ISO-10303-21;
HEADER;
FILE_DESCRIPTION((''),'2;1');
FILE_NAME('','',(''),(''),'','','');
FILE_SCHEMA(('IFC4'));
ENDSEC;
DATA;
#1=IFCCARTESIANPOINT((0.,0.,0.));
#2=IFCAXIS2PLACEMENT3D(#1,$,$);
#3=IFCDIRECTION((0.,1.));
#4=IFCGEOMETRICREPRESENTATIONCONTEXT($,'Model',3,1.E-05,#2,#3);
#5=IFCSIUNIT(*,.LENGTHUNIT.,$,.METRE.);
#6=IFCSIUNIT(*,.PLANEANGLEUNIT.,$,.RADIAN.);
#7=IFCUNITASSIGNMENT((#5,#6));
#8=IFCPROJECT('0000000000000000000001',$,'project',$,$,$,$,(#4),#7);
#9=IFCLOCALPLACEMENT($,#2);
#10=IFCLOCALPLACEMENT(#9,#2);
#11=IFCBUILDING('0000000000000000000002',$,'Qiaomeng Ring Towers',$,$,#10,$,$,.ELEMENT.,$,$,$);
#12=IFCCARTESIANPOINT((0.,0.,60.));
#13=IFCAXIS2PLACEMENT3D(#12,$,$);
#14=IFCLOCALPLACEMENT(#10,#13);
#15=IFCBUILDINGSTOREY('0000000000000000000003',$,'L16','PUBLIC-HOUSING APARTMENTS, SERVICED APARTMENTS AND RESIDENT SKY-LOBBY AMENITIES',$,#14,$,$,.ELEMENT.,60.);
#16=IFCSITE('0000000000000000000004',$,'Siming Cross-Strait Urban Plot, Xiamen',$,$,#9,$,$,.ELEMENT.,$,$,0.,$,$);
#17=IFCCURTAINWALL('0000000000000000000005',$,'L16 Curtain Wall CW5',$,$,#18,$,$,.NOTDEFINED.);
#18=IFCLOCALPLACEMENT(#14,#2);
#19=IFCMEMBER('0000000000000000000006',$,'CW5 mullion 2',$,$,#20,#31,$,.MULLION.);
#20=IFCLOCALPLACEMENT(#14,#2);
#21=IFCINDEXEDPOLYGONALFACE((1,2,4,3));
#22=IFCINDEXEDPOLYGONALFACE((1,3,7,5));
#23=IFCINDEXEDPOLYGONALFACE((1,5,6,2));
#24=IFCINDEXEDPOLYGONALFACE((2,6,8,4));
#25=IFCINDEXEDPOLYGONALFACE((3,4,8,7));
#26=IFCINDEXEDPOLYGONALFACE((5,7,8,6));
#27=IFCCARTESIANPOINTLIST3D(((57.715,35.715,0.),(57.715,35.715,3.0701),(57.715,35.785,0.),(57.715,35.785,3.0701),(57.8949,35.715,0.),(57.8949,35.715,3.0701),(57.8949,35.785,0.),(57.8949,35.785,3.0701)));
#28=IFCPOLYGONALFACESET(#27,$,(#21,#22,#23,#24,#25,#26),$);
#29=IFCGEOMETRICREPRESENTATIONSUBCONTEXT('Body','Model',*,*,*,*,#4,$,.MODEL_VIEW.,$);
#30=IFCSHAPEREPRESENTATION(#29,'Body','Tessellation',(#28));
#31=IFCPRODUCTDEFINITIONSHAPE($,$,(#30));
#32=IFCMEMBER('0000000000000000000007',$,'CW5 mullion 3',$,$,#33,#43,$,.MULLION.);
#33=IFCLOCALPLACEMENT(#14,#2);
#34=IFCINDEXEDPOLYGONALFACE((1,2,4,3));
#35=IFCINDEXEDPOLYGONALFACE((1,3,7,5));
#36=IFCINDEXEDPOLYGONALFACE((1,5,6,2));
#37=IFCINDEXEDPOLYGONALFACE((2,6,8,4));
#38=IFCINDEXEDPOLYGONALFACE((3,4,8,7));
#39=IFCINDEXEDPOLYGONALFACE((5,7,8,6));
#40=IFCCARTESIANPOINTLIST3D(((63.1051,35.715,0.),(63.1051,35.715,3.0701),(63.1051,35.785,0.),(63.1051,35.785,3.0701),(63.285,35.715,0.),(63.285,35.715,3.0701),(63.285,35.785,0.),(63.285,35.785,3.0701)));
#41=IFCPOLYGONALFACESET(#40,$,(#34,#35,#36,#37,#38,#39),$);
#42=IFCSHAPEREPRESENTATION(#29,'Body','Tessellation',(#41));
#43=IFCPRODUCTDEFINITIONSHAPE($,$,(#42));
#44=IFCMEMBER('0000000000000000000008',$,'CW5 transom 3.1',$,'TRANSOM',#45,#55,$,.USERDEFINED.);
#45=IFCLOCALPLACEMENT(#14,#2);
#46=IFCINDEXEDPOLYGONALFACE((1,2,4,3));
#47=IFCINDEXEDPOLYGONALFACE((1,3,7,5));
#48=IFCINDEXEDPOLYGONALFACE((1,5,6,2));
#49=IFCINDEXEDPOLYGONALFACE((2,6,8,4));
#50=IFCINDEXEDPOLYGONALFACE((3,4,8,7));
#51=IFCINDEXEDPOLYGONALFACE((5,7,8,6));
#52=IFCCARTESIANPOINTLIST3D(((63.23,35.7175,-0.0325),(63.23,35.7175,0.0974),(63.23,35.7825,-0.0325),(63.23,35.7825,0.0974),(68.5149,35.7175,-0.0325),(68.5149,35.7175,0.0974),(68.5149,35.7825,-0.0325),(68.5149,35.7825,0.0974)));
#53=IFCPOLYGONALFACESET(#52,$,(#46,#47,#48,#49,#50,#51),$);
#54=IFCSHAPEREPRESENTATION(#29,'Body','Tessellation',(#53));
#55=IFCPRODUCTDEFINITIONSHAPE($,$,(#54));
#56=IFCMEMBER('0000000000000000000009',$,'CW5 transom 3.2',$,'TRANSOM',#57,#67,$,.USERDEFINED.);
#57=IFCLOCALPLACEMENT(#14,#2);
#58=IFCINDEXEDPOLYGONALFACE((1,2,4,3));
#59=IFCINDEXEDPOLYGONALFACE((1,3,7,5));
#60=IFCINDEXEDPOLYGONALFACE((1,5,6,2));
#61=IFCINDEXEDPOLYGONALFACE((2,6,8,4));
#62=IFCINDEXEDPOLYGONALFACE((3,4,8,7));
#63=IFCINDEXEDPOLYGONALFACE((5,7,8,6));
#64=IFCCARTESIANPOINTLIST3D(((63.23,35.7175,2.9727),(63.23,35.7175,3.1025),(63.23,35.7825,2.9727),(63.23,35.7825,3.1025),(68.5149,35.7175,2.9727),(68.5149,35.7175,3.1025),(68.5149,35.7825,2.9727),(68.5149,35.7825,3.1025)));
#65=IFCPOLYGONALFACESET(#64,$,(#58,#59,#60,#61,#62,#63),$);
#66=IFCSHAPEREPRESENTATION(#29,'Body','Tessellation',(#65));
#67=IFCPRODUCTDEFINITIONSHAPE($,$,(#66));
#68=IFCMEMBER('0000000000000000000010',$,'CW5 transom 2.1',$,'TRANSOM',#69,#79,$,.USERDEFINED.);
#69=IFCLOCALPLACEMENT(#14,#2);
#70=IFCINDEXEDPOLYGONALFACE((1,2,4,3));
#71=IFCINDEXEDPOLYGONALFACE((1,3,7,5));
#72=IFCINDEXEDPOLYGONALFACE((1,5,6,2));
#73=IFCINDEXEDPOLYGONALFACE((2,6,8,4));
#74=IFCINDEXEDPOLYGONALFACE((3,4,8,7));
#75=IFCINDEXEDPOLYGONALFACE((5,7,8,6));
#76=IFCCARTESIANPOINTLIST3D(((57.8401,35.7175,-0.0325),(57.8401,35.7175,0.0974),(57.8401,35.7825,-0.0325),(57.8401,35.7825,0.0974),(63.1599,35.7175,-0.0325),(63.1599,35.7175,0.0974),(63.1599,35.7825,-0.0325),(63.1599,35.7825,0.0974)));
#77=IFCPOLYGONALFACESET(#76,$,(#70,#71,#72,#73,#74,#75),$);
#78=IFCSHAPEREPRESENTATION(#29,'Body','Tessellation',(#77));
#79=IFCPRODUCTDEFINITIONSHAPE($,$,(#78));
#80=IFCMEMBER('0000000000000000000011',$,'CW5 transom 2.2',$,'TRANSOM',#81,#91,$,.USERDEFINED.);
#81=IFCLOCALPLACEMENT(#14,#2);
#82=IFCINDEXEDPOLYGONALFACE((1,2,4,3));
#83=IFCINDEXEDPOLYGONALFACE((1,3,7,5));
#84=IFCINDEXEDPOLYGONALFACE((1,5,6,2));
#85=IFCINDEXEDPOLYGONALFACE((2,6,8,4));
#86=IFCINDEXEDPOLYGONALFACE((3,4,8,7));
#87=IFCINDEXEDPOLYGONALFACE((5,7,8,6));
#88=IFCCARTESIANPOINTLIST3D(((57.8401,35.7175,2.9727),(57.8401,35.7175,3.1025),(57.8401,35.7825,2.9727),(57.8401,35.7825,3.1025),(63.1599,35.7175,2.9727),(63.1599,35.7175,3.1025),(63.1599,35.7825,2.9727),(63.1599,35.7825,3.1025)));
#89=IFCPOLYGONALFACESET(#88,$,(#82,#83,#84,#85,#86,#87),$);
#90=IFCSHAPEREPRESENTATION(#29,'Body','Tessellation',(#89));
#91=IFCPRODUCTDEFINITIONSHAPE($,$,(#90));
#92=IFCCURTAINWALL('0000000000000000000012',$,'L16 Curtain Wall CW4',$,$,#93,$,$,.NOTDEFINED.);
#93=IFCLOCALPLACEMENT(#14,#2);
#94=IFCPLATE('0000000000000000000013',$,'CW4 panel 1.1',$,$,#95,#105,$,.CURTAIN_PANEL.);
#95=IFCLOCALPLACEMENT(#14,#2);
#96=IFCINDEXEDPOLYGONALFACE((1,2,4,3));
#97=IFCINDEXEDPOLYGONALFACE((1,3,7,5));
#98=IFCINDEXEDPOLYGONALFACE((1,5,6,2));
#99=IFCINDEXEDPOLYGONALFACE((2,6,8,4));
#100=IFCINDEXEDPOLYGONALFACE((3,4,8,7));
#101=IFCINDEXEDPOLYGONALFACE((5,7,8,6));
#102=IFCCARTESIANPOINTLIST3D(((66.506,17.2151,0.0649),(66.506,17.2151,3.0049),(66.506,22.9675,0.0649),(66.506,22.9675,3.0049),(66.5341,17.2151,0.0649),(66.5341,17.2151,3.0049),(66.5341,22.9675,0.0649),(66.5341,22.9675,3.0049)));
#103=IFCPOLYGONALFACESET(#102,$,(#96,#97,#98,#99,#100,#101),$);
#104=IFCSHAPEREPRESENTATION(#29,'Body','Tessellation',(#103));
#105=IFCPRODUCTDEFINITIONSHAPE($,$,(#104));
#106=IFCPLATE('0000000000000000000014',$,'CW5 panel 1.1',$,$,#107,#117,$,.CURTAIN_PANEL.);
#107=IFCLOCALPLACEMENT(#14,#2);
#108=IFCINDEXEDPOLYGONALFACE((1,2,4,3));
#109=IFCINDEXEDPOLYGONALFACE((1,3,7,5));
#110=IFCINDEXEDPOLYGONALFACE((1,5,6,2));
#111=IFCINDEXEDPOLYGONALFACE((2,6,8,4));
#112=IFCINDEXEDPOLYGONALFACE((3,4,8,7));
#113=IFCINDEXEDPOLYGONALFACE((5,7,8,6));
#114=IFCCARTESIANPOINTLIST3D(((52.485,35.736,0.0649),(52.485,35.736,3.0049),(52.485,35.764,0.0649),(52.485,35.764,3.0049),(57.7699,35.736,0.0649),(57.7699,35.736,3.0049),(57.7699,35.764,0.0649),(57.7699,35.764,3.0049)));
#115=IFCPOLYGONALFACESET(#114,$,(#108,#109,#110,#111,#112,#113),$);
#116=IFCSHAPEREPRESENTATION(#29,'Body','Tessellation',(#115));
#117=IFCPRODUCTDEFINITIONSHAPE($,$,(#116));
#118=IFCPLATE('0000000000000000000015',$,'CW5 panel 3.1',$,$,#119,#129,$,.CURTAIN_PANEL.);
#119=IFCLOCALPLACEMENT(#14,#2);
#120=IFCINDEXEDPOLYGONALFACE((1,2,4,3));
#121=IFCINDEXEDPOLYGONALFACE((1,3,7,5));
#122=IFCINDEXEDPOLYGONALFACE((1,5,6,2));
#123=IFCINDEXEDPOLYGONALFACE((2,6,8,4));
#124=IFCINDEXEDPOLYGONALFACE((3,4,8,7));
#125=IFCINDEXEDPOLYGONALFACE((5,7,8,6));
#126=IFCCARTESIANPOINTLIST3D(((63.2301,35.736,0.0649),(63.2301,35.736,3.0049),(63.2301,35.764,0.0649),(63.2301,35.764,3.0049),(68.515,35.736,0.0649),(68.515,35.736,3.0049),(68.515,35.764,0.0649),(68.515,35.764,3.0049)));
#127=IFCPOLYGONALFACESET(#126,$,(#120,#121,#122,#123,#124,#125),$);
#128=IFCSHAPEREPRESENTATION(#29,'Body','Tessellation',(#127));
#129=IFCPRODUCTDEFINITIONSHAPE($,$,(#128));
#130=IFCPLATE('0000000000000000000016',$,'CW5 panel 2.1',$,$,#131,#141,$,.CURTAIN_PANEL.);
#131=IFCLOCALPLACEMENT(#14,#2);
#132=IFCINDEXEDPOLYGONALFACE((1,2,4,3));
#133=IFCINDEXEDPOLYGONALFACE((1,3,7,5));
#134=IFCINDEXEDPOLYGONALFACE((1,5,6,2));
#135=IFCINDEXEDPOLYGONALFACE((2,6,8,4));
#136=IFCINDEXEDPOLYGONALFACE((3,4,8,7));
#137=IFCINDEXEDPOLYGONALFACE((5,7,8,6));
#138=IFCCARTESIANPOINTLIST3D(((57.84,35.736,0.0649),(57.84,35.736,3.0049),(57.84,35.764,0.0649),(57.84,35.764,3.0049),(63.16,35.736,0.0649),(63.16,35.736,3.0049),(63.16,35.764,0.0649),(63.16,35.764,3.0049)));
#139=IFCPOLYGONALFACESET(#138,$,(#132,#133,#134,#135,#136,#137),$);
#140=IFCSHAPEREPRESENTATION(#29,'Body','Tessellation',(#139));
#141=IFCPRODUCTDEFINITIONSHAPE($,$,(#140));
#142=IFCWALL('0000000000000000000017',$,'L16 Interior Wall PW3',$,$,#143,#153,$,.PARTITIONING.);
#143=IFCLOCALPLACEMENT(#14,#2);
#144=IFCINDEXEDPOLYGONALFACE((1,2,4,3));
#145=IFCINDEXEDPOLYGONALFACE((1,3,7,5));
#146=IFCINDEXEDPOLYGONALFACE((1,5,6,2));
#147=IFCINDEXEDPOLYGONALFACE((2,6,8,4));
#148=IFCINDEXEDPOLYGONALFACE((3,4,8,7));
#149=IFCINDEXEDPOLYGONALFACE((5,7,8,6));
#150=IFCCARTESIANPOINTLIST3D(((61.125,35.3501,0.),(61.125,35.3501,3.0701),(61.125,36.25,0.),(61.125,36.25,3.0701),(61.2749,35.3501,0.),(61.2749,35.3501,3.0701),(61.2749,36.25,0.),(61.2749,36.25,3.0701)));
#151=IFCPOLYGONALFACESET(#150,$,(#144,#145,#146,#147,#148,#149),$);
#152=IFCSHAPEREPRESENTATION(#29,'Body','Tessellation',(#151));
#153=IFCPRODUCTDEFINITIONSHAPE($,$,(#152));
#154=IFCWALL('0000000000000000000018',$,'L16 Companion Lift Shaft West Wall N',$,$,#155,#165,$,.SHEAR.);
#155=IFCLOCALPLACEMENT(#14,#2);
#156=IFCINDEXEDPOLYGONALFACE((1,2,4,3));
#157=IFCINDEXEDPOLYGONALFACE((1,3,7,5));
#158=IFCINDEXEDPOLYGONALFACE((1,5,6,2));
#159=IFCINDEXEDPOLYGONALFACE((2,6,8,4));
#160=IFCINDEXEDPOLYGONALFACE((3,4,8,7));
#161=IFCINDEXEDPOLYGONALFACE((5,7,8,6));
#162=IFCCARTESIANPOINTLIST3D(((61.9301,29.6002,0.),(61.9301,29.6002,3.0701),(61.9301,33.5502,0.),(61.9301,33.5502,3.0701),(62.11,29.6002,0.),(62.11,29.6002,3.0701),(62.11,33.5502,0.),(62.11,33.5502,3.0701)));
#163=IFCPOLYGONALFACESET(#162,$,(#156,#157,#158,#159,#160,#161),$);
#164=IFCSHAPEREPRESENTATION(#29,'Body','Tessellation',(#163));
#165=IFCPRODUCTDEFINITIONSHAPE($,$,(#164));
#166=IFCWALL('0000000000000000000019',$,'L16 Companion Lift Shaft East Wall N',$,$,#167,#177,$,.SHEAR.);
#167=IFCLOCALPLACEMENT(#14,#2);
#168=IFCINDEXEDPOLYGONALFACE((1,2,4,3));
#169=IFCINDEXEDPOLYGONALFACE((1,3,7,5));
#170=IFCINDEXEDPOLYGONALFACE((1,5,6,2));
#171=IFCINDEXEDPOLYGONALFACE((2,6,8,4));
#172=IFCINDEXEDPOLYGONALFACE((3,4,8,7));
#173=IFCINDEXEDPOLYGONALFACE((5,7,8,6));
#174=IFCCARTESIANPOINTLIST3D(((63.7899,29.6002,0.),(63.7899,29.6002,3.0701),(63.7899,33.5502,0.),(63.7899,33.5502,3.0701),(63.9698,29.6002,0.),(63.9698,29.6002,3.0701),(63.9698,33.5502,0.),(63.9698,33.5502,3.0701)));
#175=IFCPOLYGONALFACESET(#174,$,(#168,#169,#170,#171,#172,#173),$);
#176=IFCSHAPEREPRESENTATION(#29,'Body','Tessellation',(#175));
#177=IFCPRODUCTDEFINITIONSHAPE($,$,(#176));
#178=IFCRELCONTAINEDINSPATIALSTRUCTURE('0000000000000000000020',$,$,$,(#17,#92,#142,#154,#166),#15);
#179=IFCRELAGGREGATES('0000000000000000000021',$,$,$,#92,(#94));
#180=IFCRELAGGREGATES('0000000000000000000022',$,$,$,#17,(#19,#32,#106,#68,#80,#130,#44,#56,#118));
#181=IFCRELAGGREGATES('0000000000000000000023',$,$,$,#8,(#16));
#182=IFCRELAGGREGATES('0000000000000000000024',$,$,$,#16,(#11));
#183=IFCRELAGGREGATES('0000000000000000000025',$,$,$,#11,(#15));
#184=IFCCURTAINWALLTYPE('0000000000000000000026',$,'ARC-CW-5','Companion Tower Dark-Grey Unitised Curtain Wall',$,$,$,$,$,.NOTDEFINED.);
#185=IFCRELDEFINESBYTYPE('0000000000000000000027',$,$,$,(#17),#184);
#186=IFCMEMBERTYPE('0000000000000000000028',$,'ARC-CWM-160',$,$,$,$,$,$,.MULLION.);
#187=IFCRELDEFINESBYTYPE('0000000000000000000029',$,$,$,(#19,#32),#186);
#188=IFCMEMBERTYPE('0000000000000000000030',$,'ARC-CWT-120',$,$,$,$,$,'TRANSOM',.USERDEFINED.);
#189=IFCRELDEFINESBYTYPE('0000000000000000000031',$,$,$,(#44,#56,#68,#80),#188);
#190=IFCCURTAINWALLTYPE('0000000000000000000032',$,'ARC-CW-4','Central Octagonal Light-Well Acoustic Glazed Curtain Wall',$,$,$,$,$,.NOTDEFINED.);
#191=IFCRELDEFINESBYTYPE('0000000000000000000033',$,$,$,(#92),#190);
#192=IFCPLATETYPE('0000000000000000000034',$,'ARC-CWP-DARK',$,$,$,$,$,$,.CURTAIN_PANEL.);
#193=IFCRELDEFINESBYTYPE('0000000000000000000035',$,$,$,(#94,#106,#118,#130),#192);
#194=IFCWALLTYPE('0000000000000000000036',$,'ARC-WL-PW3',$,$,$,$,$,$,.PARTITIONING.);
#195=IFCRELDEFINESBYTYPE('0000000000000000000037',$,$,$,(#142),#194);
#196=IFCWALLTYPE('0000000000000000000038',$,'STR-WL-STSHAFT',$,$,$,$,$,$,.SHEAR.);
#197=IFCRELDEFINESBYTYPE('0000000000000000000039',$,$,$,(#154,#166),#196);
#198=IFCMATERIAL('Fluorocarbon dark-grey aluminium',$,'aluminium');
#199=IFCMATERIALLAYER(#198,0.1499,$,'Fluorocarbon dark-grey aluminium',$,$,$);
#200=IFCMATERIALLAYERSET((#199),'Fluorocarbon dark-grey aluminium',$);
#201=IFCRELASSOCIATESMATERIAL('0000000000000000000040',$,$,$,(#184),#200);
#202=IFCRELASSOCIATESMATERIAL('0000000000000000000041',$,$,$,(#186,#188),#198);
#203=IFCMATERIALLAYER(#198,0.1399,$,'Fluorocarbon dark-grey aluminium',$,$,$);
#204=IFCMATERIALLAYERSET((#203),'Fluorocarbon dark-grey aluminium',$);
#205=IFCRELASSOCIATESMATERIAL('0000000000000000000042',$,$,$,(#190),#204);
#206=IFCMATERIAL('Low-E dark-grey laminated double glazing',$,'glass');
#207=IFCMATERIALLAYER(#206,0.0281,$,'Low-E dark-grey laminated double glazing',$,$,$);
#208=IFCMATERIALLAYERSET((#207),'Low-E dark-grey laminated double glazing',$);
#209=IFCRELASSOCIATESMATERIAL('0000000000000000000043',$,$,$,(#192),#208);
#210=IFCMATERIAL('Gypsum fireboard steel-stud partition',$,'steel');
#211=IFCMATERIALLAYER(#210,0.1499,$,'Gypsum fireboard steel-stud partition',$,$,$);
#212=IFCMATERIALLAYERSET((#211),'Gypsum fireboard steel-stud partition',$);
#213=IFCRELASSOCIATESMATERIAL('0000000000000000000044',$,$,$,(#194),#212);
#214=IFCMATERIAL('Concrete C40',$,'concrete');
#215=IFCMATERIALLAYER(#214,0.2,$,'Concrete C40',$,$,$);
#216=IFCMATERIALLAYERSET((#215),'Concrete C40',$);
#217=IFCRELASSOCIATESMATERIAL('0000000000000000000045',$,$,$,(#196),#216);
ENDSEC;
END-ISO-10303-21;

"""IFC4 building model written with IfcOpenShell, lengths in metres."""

from ifc_helpers import new_model, si_unit, direction, frame, frame_2d, origin, origin_2d, place, context, subcontext, project, spatial, rectangle, extrude, source, transform, mapped, material, layer, layer_set, material_profile, profile_set, type_object, element, aggregate, save


model = new_model("IFC4")

# Units and contexts
model_context = context("Model", 3, precision=1e-05, world=origin(), true_north=direction((0.0, 1.0)))
body_context = subcontext(model_context, "Body", "Model", "MODEL_VIEW")
ifc_project = project(units=[si_unit("LENGTHUNIT", "METRE"), si_unit("PLANEANGLEUNIT", "RADIAN")], contexts=[model_context])

# Site, building, storey
site_placement = place(None, origin())
site = spatial("IfcSite", under=ifc_project, at=site_placement, Name="Siming Cross-Strait Urban Plot, Xiamen", CompositionType="ELEMENT", RefElevation=0.0)
building_placement = place(site_placement, origin())
building = spatial("IfcBuilding", under=site, at=building_placement, Name="Qiaomeng Ring Towers", CompositionType="ELEMENT")
storey_placement = place(building_placement, frame((0.0, 0.0, 60.0)))
storey = spatial("IfcBuildingStorey", under=building, at=storey_placement, Name="L16", Description="PUBLIC-HOUSING APARTMENTS, SERVICED APARTMENTS AND RESIDENT SKY-LOBBY AMENITIES", CompositionType="ELEMENT", Elevation=60.0)

# Curtain wall, members
ifc_material_1 = material(Name="Fluorocarbon dark-grey aluminium", Category="aluminium")
ifc_layer_1 = layer(ifc_material_1, 0.1499, Name="Fluorocarbon dark-grey aluminium")
ifc_layer_set_1 = layer_set([ifc_layer_1], Name="Fluorocarbon dark-grey aluminium")
curtain_wall_type_1 = type_object("IfcCurtainWallType", Name="ARC-CW-5", Description="Companion Tower Dark-Grey Unitised Curtain Wall", PredefinedType="NOTDEFINED", material=ifc_layer_set_1)
curtain_wall_1_placement = place(storey_placement, origin())
curtain_wall_1 = element("IfcCurtainWall", 1, at=curtain_wall_1_placement, inside=storey, type_object=curtain_wall_type_1, Name="L16 Curtain Wall CW5", PredefinedType="NOTDEFINED")
ifc_material_profile_1 = material_profile(ifc_material_1, rectangle(XDim=0.0701, YDim=0.1799, at=origin_2d()), Name="ALU MULL 70x180")
ifc_profile_set_1 = profile_set([ifc_material_profile_1], Name="Fluorocarbon dark-grey aluminium")
member_type_1 = type_object("IfcMemberType", Name="ARC-CWM-160", PredefinedType="MULLION", material=ifc_profile_set_1)
shared_shape_1 = source(origin(), body_context, "Body", "SweptSolid", [
    extrude(rectangle(XDim=0.0701, YDim=0.1799, at=origin_2d()), origin(), (0.0, 0.0, 1.0), 3.0701),
])
member_1_placement = place(storey_placement, frame((57.8049, 35.75, 0.0), z_axis=(0.0, 0.0, 1.0), x_axis=(0.0, 1.0, 0.0)))
member_1 = element("IfcMember", 2, at=member_1_placement, type_object=member_type_1, Name="CW5 mullion 2", PredefinedType="MULLION", context=body_context, shape_type="MappedRepresentation", body=[
    mapped(shared_shape_1, transform((0.0, 0.0, 0.0), x_axis=(1.0, 0.0, 0.0), y_axis=(0.0, 1.0, 0.0), z_axis=(0.0, 0.0, 1.0), scale=1.0)),
])
member_2_placement = place(storey_placement, frame((63.1951, 35.75, 0.0), z_axis=(0.0, 0.0, 1.0), x_axis=(0.0, 1.0, 0.0)))
member_2 = element("IfcMember", 3, at=member_2_placement, type_object=member_type_1, Name="CW5 mullion 3", PredefinedType="MULLION", context=body_context, shape_type="MappedRepresentation", body=[
    mapped(shared_shape_1, transform((0.0, 0.0, 0.0), x_axis=(1.0, 0.0, 0.0), y_axis=(0.0, 1.0, 0.0), z_axis=(0.0, 0.0, 1.0), scale=1.0)),
])
ifc_material_profile_2 = material_profile(ifc_material_1, rectangle(XDim=0.0649, YDim=0.1299, at=origin_2d()), Name="ALU TRAN 65x130")
ifc_profile_set_2 = profile_set([ifc_material_profile_2], Name="Fluorocarbon dark-grey aluminium")
member_type_2 = type_object("IfcMemberType", Name="ARC-CWT-120", ElementType="TRANSOM", PredefinedType="USERDEFINED", material=ifc_profile_set_2)
shared_shape_2 = source(origin(), body_context, "Body", "SweptSolid", [
    extrude(rectangle(XDim=0.0649, YDim=0.1299, at=origin_2d()), origin(), (0.0, 0.0, 1.0), 5.2849),
])
member_3_placement = place(storey_placement, frame((63.23, 35.75, 0.0325), z_axis=(1.0, 0.0, 0.0), x_axis=(0.0, 1.0, 0.0)))
member_3 = element("IfcMember", 4, at=member_3_placement, type_object=member_type_2, Name="CW5 transom 3.1", ObjectType="TRANSOM", PredefinedType="USERDEFINED", context=body_context, shape_type="MappedRepresentation", body=[
    mapped(shared_shape_2, transform((0.0, 0.0, 0.0), x_axis=(1.0, 0.0, 0.0), y_axis=(0.0, 1.0, 0.0), z_axis=(0.0, 0.0, 1.0), scale=1.0)),
])
member_4_placement = place(storey_placement, frame((63.23, 35.75, 3.0376), z_axis=(1.0, 0.0, 0.0), x_axis=(0.0, 1.0, 0.0)))
member_4 = element("IfcMember", 5, at=member_4_placement, type_object=member_type_2, Name="CW5 transom 3.2", ObjectType="TRANSOM", PredefinedType="USERDEFINED", context=body_context, shape_type="MappedRepresentation", body=[
    mapped(shared_shape_2, transform((0.0, 0.0, 0.0), x_axis=(1.0, 0.0, 0.0), y_axis=(0.0, 1.0, 0.0), z_axis=(0.0, 0.0, 1.0), scale=1.0)),
])
shared_shape_3 = source(origin(), body_context, "Body", "SweptSolid", [
    extrude(rectangle(XDim=0.0649, YDim=0.1299, at=origin_2d()), origin(), (0.0, 0.0, 1.0), 5.3198),
])
member_5_placement = place(storey_placement, frame((57.8401, 35.75, 0.0325), z_axis=(1.0, 0.0, 0.0), x_axis=(0.0, 1.0, 0.0)))
member_5 = element("IfcMember", 6, at=member_5_placement, type_object=member_type_2, Name="CW5 transom 2.1", ObjectType="TRANSOM", PredefinedType="USERDEFINED", context=body_context, shape_type="MappedRepresentation", body=[
    mapped(shared_shape_3, transform((0.0, 0.0, 0.0), x_axis=(1.0, 0.0, 0.0), y_axis=(0.0, 1.0, 0.0), z_axis=(0.0, 0.0, 1.0), scale=1.0)),
])
member_6_placement = place(storey_placement, frame((57.8401, 35.75, 3.0376), z_axis=(1.0, 0.0, 0.0), x_axis=(0.0, 1.0, 0.0)))
member_6 = element("IfcMember", 7, at=member_6_placement, type_object=member_type_2, Name="CW5 transom 2.2", ObjectType="TRANSOM", PredefinedType="USERDEFINED", context=body_context, shape_type="MappedRepresentation", body=[
    mapped(shared_shape_3, transform((0.0, 0.0, 0.0), x_axis=(1.0, 0.0, 0.0), y_axis=(0.0, 1.0, 0.0), z_axis=(0.0, 0.0, 1.0), scale=1.0)),
])

# Curtain wall, plate
ifc_layer_2 = layer(ifc_material_1, 0.1399, Name="Fluorocarbon dark-grey aluminium")
ifc_layer_set_2 = layer_set([ifc_layer_2], Name="Fluorocarbon dark-grey aluminium")
curtain_wall_type_2 = type_object("IfcCurtainWallType", Name="ARC-CW-4", Description="Central Octagonal Light-Well Acoustic Glazed Curtain Wall", PredefinedType="NOTDEFINED", material=ifc_layer_set_2)
curtain_wall_2_placement = place(storey_placement, origin())
curtain_wall_2 = element("IfcCurtainWall", 8, at=curtain_wall_2_placement, inside=storey, type_object=curtain_wall_type_2, Name="L16 Curtain Wall CW4", PredefinedType="NOTDEFINED")
ifc_material_2 = material(Name="Low-E dark-grey laminated double glazing", Category="glass")
ifc_layer_3 = layer(ifc_material_2, 0.0281, Name="Low-E dark-grey laminated double glazing")
ifc_layer_set_3 = layer_set([ifc_layer_3], Name="Low-E dark-grey laminated double glazing")
plate_type = type_object("IfcPlateType", Name="ARC-CWP-DARK", PredefinedType="CURTAIN_PANEL", material=ifc_layer_set_3)
shared_shape_4 = source(origin(), body_context, "Body", "SweptSolid", [
    extrude(rectangle(XDim=5.7524, YDim=0.0281, at=origin_2d()), origin(), (0.0, 0.0, 1.0), 2.9399),
])
plate_1_placement = place(storey_placement, frame((66.52, 20.0913, 0.0649), z_axis=(0.0, 0.0, 1.0), x_axis=(0.0, 1.0, 0.0)))
plate_1 = element("IfcPlate", 9, at=plate_1_placement, type_object=plate_type, Name="CW4 panel 1.1", PredefinedType="CURTAIN_PANEL", context=body_context, shape_type="MappedRepresentation", body=[
    mapped(shared_shape_4, transform((0.0, 0.0, 0.0), x_axis=(1.0, 0.0, 0.0), y_axis=(0.0, 1.0, 0.0), z_axis=(0.0, 0.0, 1.0), scale=1.0)),
])
aggregate(curtain_wall_2, [plate_1])

# Plates
shared_shape_5 = source(origin(), body_context, "Body", "SweptSolid", [
    extrude(rectangle(XDim=5.2849, YDim=0.0281, at=origin_2d()), origin(), (0.0, 0.0, 1.0), 2.9399),
])
plate_2_placement = place(storey_placement, frame((55.1274, 35.75, 0.0649), z_axis=(0.0, 0.0, 1.0), x_axis=(1.0, 0.0, 0.0)))
plate_2 = element("IfcPlate", 10, at=plate_2_placement, type_object=plate_type, Name="CW5 panel 1.1", PredefinedType="CURTAIN_PANEL", context=body_context, shape_type="MappedRepresentation", body=[
    mapped(shared_shape_5, transform((0.0, 0.0, 0.0), x_axis=(1.0, 0.0, 0.0), y_axis=(0.0, 1.0, 0.0), z_axis=(0.0, 0.0, 1.0), scale=1.0)),
])
plate_3_placement = place(storey_placement, frame((65.8726, 35.75, 0.0649), z_axis=(0.0, 0.0, 1.0), x_axis=(1.0, 0.0, 0.0)))
plate_3 = element("IfcPlate", 11, at=plate_3_placement, type_object=plate_type, Name="CW5 panel 3.1", PredefinedType="CURTAIN_PANEL", context=body_context, shape_type="MappedRepresentation", body=[
    mapped(shared_shape_5, transform((0.0, 0.0, 0.0), x_axis=(1.0, 0.0, 0.0), y_axis=(0.0, 1.0, 0.0), z_axis=(0.0, 0.0, 1.0), scale=1.0)),
])
shared_shape_6 = source(origin(), body_context, "Body", "SweptSolid", [
    extrude(rectangle(XDim=5.3201, YDim=0.0281, at=origin_2d()), origin(), (0.0, 0.0, 1.0), 2.9399),
])
plate_4_placement = place(storey_placement, frame((60.5, 35.75, 0.0649), z_axis=(0.0, 0.0, 1.0), x_axis=(1.0, 0.0, 0.0)))
plate_4 = element("IfcPlate", 12, at=plate_4_placement, type_object=plate_type, Name="CW5 panel 2.1", PredefinedType="CURTAIN_PANEL", context=body_context, shape_type="MappedRepresentation", body=[
    mapped(shared_shape_6, transform((0.0, 0.0, 0.0), x_axis=(1.0, 0.0, 0.0), y_axis=(0.0, 1.0, 0.0), z_axis=(0.0, 0.0, 1.0), scale=1.0)),
])
aggregate(curtain_wall_1, [member_1, member_2, plate_2, member_5, member_6, plate_4, member_3, member_4, plate_3])

# Walls
ifc_material_3 = material(Name="Gypsum fireboard steel-stud partition", Category="steel")
ifc_layer_4 = layer(ifc_material_3, 0.1499, Name="Gypsum fireboard steel-stud partition")
ifc_layer_set_4 = layer_set([ifc_layer_4], Name="Gypsum fireboard steel-stud partition")
wall_type_1 = type_object("IfcWallType", Name="ARC-WL-PW3", PredefinedType="PARTITIONING", material=ifc_layer_set_4)
wall_1_placement = place(storey_placement, frame((61.2, 35.3501, 0.0), z_axis=(0.0, 0.0, 1.0), x_axis=(0.0, 1.0, 0.0)))
element("IfcWall", 13, at=wall_1_placement, inside=storey, type_object=wall_type_1, Name="L16 Interior Wall PW3", PredefinedType="PARTITIONING", context=body_context, shape_type="SweptSolid", body=[
    extrude(rectangle(XDim=0.8999, YDim=0.1499, at=frame_2d((0.45, 0.0))), origin(), (0.0, 0.0, 1.0), 3.0701),
])
ifc_material_4 = material(Name="Concrete C40", Category="concrete")
ifc_layer_5 = layer(ifc_material_4, 0.2, Name="Concrete C40")
ifc_layer_set_5 = layer_set([ifc_layer_5], Name="Concrete C40")
wall_type_2 = type_object("IfcWallType", Name="STR-WL-STSHAFT", PredefinedType="SHEAR", material=ifc_layer_set_5)
for number, where, z_axis, x_axis, name in (
    (14, (62.02, 29.6001, 0.0), (0.0, 0.0, 1.0), (0.0, 1.0, 0.0), "L16 Companion Lift Shaft West Wall N"),
    (15, (63.8799, 29.6001, 0.0), (0.0, 0.0, 1.0), (0.0, 1.0, 0.0), "L16 Companion Lift Shaft East Wall N"),
):
    element("IfcWall", number, at=place(storey_placement, frame(where, z_axis=z_axis, x_axis=x_axis)), inside=storey, type_object=wall_type_2, Name=name, PredefinedType="SHEAR", context=body_context, shape_type="SweptSolid", body=[
        extrude(rectangle(XDim=3.95, YDim=0.1799, at=frame_2d((1.9751, 0.0))), origin(), (0.0, 0.0, 1.0), 3.0701),
    ])

save(model, "model.ifc")
